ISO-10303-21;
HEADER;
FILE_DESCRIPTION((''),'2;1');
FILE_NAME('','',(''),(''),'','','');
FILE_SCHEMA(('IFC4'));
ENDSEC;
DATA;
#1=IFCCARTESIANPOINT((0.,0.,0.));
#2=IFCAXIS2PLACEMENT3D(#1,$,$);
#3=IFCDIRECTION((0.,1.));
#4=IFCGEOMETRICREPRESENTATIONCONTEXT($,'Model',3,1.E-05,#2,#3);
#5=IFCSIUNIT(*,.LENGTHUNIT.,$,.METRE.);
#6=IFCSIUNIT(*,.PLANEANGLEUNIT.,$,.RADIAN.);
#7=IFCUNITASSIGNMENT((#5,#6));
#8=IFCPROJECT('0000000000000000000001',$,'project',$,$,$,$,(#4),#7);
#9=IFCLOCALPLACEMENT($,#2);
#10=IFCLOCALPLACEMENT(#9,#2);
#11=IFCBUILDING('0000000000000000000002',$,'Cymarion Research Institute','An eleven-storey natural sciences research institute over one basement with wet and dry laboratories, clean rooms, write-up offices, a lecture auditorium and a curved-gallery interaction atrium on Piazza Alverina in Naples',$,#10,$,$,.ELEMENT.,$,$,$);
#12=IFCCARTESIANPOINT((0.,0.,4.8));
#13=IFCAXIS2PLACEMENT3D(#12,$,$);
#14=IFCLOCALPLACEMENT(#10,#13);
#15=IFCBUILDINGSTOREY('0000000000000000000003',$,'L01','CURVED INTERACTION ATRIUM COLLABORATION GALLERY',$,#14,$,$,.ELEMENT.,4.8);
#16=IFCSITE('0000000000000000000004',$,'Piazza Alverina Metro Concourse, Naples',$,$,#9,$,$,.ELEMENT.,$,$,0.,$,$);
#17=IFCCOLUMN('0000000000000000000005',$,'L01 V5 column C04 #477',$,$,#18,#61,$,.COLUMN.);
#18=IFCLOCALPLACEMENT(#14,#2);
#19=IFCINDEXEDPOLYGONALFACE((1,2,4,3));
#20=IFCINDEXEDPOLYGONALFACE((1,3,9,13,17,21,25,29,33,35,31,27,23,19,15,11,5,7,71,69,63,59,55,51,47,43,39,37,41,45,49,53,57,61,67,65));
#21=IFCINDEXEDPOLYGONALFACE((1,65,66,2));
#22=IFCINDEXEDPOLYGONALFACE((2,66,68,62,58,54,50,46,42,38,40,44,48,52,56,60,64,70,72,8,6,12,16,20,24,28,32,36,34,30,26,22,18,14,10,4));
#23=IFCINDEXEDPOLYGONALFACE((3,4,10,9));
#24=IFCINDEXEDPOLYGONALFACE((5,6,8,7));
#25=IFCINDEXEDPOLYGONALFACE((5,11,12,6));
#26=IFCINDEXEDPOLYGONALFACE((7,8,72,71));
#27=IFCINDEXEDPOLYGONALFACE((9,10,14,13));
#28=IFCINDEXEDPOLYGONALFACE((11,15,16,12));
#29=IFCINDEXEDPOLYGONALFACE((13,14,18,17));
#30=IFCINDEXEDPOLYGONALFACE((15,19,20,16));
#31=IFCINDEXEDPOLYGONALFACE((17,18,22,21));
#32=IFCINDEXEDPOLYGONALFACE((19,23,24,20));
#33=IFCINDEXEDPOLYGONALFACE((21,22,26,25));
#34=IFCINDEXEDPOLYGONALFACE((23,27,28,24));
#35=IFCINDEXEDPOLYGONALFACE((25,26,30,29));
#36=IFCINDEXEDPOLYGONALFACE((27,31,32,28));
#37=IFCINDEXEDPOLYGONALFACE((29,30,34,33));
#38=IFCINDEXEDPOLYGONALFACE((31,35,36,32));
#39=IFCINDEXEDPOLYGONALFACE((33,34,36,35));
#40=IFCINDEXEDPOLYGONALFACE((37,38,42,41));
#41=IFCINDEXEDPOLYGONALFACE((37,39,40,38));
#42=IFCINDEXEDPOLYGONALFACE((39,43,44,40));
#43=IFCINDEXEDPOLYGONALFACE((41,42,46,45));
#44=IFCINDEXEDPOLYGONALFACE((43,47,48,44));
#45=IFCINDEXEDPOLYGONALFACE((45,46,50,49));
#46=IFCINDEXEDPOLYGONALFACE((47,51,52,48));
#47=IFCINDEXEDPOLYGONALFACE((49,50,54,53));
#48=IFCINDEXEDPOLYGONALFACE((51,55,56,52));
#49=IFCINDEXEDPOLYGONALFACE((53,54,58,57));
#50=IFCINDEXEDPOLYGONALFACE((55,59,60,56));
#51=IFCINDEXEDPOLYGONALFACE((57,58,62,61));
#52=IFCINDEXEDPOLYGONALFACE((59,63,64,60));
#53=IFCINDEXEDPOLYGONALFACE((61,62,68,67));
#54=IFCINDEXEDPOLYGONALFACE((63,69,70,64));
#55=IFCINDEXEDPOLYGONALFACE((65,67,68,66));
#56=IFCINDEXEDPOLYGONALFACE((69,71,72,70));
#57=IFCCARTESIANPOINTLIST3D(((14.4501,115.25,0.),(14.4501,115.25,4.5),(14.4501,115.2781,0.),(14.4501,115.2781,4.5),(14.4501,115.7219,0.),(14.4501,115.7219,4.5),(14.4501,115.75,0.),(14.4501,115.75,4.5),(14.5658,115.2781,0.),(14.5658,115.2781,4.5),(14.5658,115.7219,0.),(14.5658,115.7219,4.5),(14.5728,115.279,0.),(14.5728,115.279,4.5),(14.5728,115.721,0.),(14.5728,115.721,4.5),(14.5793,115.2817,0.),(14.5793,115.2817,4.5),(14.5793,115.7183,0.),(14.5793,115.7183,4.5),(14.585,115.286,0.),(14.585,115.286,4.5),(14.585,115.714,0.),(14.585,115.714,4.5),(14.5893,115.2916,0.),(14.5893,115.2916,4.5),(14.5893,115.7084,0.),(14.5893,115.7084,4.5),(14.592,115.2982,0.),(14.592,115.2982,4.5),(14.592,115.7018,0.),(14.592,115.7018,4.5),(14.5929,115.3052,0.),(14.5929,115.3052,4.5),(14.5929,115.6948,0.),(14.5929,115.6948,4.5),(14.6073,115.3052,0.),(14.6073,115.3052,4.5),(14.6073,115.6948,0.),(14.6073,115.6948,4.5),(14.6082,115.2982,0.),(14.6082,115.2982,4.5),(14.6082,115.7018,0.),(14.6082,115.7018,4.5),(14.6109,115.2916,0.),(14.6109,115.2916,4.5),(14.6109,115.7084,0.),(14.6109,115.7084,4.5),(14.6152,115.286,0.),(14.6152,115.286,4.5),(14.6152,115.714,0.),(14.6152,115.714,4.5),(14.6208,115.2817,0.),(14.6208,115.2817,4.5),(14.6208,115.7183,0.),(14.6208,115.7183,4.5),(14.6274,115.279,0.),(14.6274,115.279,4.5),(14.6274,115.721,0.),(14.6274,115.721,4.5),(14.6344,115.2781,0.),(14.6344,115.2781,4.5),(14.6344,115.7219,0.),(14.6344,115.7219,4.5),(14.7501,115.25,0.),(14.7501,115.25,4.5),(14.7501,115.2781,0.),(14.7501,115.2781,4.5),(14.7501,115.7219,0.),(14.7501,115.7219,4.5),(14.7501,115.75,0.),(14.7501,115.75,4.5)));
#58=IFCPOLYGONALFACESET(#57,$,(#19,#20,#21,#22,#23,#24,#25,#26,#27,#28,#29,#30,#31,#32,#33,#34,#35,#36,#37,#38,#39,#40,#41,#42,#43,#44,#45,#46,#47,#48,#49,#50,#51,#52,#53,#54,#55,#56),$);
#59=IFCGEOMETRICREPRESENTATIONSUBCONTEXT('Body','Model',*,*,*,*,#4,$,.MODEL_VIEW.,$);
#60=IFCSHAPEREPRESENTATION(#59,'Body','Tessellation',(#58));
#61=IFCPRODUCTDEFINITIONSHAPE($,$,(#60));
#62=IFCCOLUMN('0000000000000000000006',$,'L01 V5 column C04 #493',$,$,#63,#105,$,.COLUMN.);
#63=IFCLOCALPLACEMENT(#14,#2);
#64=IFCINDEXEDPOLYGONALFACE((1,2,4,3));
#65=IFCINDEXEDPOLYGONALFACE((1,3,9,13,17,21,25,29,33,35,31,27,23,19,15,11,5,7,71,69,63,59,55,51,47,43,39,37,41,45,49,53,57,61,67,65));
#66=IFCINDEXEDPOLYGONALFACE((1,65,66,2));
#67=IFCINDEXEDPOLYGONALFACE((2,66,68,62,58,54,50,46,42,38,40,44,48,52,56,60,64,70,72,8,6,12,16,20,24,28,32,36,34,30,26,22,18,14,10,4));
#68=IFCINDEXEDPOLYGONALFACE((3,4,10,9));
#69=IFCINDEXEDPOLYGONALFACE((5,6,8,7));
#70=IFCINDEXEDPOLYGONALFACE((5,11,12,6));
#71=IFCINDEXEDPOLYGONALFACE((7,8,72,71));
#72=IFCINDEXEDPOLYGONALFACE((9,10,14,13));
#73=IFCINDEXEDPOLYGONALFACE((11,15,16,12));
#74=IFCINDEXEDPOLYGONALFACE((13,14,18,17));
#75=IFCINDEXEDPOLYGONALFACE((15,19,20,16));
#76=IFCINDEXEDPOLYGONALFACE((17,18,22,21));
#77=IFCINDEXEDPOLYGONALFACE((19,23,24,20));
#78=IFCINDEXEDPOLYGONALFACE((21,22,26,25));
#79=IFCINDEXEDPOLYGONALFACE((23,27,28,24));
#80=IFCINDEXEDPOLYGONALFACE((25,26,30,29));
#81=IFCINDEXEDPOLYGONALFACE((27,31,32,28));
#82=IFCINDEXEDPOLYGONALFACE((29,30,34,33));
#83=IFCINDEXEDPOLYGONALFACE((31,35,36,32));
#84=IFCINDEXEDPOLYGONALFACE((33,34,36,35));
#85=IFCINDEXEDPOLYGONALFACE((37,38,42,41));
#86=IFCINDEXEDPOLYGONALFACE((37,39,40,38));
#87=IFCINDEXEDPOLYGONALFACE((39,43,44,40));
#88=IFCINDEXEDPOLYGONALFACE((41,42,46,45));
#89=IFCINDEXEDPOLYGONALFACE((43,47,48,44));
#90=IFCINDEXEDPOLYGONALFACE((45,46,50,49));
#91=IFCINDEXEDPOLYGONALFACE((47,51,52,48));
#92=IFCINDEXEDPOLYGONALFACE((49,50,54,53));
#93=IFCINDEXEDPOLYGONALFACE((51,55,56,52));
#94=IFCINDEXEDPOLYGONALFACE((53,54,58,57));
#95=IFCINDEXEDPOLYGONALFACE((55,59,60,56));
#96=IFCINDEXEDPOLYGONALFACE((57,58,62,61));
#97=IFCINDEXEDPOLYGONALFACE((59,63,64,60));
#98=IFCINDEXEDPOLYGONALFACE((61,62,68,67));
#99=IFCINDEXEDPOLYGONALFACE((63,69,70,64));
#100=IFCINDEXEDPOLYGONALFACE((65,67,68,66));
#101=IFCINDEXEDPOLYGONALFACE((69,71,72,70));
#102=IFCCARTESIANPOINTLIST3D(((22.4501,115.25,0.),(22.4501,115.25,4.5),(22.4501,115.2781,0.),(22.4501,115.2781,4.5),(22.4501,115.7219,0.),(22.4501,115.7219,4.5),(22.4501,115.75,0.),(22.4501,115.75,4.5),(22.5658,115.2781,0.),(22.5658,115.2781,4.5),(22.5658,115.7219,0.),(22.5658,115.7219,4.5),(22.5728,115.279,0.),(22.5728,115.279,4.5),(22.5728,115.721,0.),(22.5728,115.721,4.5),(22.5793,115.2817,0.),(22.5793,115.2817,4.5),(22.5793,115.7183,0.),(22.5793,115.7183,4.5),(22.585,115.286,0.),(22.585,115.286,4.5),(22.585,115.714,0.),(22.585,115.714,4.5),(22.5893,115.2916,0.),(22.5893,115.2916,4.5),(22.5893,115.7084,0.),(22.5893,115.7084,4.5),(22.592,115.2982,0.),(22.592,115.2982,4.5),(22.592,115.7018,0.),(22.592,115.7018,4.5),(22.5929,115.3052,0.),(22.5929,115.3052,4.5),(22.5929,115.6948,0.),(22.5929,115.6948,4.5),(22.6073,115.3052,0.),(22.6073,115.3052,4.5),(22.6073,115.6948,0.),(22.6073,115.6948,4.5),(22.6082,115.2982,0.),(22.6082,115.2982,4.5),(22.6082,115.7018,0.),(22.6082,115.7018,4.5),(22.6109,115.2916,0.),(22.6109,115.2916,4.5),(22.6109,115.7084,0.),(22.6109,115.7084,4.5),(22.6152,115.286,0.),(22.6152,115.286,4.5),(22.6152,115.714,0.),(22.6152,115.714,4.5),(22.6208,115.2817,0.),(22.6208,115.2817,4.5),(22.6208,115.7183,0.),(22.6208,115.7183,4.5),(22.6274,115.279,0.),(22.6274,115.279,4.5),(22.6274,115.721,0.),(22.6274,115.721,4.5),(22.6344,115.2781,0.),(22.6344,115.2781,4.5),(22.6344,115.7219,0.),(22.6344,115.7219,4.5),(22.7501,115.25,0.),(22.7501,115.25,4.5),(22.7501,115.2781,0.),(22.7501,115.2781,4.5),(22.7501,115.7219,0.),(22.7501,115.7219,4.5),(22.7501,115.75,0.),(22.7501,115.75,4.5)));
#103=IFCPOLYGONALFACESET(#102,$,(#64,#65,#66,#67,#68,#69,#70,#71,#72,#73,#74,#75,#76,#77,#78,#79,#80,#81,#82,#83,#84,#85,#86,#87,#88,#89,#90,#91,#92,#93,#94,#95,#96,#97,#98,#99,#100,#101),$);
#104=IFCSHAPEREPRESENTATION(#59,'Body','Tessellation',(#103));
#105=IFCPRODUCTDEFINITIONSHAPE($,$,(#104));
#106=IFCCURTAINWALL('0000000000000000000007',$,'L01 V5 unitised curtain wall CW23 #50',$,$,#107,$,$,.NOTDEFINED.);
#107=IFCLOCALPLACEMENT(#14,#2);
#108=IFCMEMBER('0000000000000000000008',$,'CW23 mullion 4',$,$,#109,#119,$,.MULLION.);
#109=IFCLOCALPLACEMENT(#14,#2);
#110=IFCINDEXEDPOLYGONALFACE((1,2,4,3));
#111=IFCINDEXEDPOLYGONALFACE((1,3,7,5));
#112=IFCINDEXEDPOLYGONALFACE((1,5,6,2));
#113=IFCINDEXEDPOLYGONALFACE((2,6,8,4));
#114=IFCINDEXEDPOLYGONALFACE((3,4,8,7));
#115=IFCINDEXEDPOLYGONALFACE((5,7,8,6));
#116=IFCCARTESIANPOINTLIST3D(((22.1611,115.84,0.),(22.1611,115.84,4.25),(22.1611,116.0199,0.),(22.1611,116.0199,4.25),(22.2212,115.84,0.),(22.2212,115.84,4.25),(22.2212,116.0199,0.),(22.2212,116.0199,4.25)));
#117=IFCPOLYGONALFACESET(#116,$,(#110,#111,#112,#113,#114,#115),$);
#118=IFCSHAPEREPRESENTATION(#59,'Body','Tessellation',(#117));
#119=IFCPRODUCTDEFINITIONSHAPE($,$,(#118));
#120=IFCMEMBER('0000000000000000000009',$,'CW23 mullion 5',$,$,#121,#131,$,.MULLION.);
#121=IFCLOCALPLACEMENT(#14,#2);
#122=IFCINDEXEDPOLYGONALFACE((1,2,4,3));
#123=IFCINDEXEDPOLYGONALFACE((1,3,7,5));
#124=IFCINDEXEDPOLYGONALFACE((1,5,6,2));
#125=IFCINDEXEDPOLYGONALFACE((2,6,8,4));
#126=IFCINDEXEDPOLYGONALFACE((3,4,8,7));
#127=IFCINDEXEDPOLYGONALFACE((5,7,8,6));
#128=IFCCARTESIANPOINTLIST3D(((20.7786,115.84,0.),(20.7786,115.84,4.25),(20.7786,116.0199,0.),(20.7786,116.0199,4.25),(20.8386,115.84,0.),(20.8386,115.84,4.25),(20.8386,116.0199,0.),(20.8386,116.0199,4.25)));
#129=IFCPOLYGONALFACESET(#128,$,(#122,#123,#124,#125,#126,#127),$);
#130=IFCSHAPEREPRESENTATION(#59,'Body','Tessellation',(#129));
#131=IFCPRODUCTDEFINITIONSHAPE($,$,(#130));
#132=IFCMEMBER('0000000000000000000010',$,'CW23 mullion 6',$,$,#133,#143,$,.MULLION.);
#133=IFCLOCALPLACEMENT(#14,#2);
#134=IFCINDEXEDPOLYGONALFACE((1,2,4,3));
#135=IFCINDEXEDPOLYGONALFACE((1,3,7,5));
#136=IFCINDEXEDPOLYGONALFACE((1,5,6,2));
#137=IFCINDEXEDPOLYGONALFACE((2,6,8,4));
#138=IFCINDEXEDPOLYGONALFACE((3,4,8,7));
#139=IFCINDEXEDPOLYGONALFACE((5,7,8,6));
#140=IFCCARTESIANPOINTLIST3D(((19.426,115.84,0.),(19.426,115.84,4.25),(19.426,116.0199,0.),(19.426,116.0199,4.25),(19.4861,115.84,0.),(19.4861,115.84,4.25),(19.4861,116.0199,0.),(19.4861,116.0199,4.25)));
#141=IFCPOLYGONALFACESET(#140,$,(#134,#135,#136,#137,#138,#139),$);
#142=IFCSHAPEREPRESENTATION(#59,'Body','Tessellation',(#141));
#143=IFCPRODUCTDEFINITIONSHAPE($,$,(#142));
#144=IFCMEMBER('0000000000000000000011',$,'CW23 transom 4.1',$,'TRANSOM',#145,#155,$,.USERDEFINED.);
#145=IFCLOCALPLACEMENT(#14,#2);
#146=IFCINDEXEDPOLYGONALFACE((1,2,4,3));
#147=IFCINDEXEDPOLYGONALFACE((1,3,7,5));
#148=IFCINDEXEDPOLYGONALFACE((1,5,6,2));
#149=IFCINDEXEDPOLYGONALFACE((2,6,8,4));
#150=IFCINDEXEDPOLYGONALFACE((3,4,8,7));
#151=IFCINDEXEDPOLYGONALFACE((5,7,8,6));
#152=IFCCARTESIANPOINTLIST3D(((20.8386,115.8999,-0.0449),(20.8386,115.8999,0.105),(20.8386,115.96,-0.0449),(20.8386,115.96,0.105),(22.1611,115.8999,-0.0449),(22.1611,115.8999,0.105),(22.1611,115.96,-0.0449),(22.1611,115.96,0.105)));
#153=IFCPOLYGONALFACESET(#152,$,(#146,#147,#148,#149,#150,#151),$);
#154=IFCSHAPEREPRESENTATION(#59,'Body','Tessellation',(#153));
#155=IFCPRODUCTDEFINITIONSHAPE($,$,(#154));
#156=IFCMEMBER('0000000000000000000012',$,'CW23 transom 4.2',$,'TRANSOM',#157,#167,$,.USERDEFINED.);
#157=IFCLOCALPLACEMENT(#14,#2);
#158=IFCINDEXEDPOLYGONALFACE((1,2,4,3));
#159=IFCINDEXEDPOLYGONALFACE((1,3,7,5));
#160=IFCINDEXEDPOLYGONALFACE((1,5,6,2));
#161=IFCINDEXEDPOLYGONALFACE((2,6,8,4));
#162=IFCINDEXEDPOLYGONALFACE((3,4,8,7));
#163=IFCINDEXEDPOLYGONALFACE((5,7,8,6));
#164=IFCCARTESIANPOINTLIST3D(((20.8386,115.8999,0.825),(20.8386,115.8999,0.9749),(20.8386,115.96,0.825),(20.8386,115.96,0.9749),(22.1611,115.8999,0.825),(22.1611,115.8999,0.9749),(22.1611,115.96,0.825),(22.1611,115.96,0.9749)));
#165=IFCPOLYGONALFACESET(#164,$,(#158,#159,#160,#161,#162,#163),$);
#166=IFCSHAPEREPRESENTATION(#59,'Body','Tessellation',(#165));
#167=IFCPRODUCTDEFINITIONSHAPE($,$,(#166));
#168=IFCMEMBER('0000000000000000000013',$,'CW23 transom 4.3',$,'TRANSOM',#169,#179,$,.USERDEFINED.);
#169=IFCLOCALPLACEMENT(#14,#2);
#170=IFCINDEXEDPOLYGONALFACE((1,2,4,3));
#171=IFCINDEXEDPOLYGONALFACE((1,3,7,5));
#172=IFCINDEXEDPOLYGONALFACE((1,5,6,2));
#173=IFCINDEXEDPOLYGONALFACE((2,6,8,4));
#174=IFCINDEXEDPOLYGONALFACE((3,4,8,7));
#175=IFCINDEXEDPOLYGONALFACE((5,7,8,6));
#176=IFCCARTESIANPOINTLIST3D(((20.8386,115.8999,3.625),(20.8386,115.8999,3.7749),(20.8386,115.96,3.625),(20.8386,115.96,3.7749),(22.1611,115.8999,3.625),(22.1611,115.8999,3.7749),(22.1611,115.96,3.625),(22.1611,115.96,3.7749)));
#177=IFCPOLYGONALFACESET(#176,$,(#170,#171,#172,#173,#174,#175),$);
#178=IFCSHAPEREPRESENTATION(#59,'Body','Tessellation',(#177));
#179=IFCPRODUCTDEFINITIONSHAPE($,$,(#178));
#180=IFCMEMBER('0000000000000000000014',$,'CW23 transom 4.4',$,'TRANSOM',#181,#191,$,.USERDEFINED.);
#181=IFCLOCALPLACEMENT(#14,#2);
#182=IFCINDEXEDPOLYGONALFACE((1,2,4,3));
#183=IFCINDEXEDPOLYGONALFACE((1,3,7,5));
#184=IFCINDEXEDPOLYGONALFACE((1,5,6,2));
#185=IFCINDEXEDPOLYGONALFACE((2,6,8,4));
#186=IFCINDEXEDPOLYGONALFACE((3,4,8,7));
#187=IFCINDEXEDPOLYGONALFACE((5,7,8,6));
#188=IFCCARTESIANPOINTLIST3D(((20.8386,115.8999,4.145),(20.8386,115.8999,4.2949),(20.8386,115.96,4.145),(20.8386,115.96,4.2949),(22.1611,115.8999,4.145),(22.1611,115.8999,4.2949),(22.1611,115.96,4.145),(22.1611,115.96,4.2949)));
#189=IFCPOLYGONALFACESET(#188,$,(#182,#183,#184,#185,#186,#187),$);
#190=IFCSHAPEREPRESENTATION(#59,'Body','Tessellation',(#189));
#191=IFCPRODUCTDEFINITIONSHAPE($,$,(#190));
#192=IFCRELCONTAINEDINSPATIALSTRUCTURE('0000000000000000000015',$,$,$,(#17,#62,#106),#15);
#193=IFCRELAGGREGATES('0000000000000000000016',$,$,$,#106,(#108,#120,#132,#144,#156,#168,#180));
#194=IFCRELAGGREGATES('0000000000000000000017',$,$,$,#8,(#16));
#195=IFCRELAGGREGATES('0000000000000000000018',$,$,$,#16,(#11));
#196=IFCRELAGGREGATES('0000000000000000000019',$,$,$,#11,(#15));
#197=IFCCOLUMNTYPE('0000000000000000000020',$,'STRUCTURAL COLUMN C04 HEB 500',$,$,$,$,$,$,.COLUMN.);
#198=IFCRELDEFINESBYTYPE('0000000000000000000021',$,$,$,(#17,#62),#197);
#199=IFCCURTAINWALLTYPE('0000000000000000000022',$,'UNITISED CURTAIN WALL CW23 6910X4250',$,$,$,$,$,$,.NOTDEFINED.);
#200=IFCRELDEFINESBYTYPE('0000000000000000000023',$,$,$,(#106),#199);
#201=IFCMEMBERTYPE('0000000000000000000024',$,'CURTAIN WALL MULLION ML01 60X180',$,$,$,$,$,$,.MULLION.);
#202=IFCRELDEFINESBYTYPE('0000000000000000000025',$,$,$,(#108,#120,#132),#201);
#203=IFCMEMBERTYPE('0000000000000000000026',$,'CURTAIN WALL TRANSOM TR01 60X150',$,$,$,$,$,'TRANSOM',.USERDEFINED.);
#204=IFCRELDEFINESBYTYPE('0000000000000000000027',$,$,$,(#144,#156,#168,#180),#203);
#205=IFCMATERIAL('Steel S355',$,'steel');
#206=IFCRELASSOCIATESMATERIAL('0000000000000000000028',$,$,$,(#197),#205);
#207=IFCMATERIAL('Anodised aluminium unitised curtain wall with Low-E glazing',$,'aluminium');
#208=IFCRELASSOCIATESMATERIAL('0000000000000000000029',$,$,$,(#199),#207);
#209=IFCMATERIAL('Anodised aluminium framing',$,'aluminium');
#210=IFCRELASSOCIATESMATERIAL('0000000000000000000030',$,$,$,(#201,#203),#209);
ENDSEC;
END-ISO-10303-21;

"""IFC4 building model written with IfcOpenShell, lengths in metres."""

from ifc_helpers import new_model, si_unit, direction, frame, origin, origin_2d, place, context, subcontext, project, spatial, rectangle, i_section, extrude, material, material_profile, profile_set, type_object, element, aggregate, save


model = new_model("IFC4")

# Units and contexts
model_context = context("Model", 3, precision=1e-05, world=origin(), true_north=direction((0.0, 1.0)))
body_context = subcontext(model_context, "Body", "Model", "MODEL_VIEW")
ifc_project = project(units=[si_unit("LENGTHUNIT", "METRE"), si_unit("PLANEANGLEUNIT", "RADIAN")], contexts=[model_context])

# Site, building, storey
site_placement = place(None, origin())
site = spatial("IfcSite", under=ifc_project, at=site_placement, Name="Piazza Alverina Metro Concourse, Naples", CompositionType="ELEMENT", RefElevation=0.0)
building_placement = place(site_placement, origin())
building = spatial("IfcBuilding", under=site, at=building_placement, Name="Cymarion Research Institute", Description="An eleven-storey natural sciences research institute over one basement with wet and dry laboratories, clean rooms, write-up offices, a lecture auditorium and a curved-gallery interaction atrium on Piazza Alverina in Naples", CompositionType="ELEMENT")
storey_placement = place(building_placement, frame((0.0, 0.0, 4.8)))
storey = spatial("IfcBuildingStorey", under=building, at=storey_placement, Name="L01", Description="CURVED INTERACTION ATRIUM COLLABORATION GALLERY", CompositionType="ELEMENT", Elevation=4.8)

# Columns
ifc_material_1 = material(Name="Steel S355", Category="steel")
ifc_material_profile_1 = material_profile(ifc_material_1, i_section(OverallWidth=0.3, OverallDepth=0.5, WebThickness=0.0144, FlangeThickness=0.0281, FilletRadius=0.0271, at=origin_2d()), Name="HEB 500")
ifc_profile_set_1 = profile_set([ifc_material_profile_1], Name="Steel S355")
column_type = type_object("IfcColumnType", Name="STRUCTURAL COLUMN C04 HEB 500", PredefinedType="COLUMN", material=ifc_profile_set_1)
for number, where, z_axis, x_axis, name in (
    (1, (14.6001, 115.5, 0.0), (0.0, 0.0, 1.0), (1.0, 0.0, 0.0), "L01 V5 column C04 #477"),
    (2, (22.6001, 115.5, 0.0), (0.0, 0.0, 1.0), (1.0, 0.0, 0.0), "L01 V5 column C04 #493"),
):
    element("IfcColumn", number, at=place(storey_placement, frame(where, z_axis=z_axis, x_axis=x_axis)), inside=storey, type_object=column_type, Name=name, PredefinedType="COLUMN", context=body_context, shape_type="SweptSolid", body=[
        extrude(i_section(OverallWidth=0.3, OverallDepth=0.5, WebThickness=0.0144, FlangeThickness=0.0281, FilletRadius=0.0271, at=origin_2d()), origin(), (0.0, 0.0, 1.0), 4.5),
    ])

# Curtain wall, members
ifc_material_2 = material(Name="Anodised aluminium unitised curtain wall with Low-E glazing", Category="aluminium")
curtain_wall_type = type_object("IfcCurtainWallType", Name="UNITISED CURTAIN WALL CW23 6910X4250", PredefinedType="NOTDEFINED", material=ifc_material_2)
curtain_wall_placement = place(storey_placement, origin())
curtain_wall = element("IfcCurtainWall", 3, at=curtain_wall_placement, inside=storey, type_object=curtain_wall_type, Name="L01 V5 unitised curtain wall CW23 #50", PredefinedType="NOTDEFINED")
ifc_material_3 = material(Name="Anodised aluminium framing", Category="aluminium")
ifc_material_profile_2 = material_profile(ifc_material_3, rectangle(XDim=0.0601, YDim=0.1799, at=origin_2d()), Name="ALU MULLION 60x180")
ifc_profile_set_2 = profile_set([ifc_material_profile_2], Name="Anodised aluminium framing")
member_type_1 = type_object("IfcMemberType", Name="CURTAIN WALL MULLION ML01 60X180", PredefinedType="MULLION", material=ifc_profile_set_2)
member_1_placement = place(storey_placement, frame((22.1912, 115.9299, 0.0), z_axis=(0.0, 0.0, 1.0), x_axis=(-1.0, 0.0, 0.0)))
member_1 = element("IfcMember", 4, at=member_1_placement, type_object=member_type_1, Name="CW23 mullion 4", PredefinedType="MULLION", context=body_context, shape_type="SweptSolid", body=[
    extrude(rectangle(XDim=0.0601, YDim=0.1799, at=origin_2d()), origin(), (0.0, 0.0, 1.0), 4.25),
])
member_2_placement = place(storey_placement, frame((20.8086, 115.9299, 0.0), z_axis=(0.0, 0.0, 1.0), x_axis=(-1.0, 0.0, 0.0)))
member_2 = element("IfcMember", 5, at=member_2_placement, type_object=member_type_1, Name="CW23 mullion 5", PredefinedType="MULLION", context=body_context, shape_type="SweptSolid", body=[
    extrude(rectangle(XDim=0.0601, YDim=0.1799, at=origin_2d()), origin(), (0.0, 0.0, 1.0), 4.25),
])
member_3_placement = place(storey_placement, frame((19.4561, 115.9299, 0.0), z_axis=(0.0, 0.0, 1.0), x_axis=(-1.0, 0.0, 0.0)))
member_3 = element("IfcMember", 6, at=member_3_placement, type_object=member_type_1, Name="CW23 mullion 6", PredefinedType="MULLION", context=body_context, shape_type="SweptSolid", body=[
    extrude(rectangle(XDim=0.0601, YDim=0.1799, at=origin_2d()), origin(), (0.0, 0.0, 1.0), 4.25),
])
ifc_material_profile_3 = material_profile(ifc_material_3, rectangle(XDim=0.0601, YDim=0.1499, at=origin_2d()), Name="ALU TRANSOM 60x150")
ifc_profile_set_3 = profile_set([ifc_material_profile_3], Name="Anodised aluminium framing")
member_type_2 = type_object("IfcMemberType", Name="CURTAIN WALL TRANSOM TR01 60X150", ElementType="TRANSOM", PredefinedType="USERDEFINED", material=ifc_profile_set_3)
member_4_placement = place(storey_placement, frame((22.1611, 115.9299, 0.03), z_axis=(-1.0, 0.0, 0.0), x_axis=(0.0, -1.0, 0.0)))
member_4 = element("IfcMember", 7, at=member_4_placement, type_object=member_type_2, Name="CW23 transom 4.1", ObjectType="TRANSOM", PredefinedType="USERDEFINED", context=body_context, shape_type="SweptSolid", body=[
    extrude(rectangle(XDim=0.0601, YDim=0.1499, at=origin_2d()), origin(), (0.0, 0.0, 1.0), 1.3225),
])
member_5_placement = place(storey_placement, frame((22.1611, 115.9299, 0.8999), z_axis=(-1.0, 0.0, 0.0), x_axis=(0.0, -1.0, 0.0)))
member_5 = element("IfcMember", 8, at=member_5_placement, type_object=member_type_2, Name="CW23 transom 4.2", ObjectType="TRANSOM", PredefinedType="USERDEFINED", context=body_context, shape_type="SweptSolid", body=[
    extrude(rectangle(XDim=0.0601, YDim=0.1499, at=origin_2d()), origin(), (0.0, 0.0, 1.0), 1.3225),
])
member_6_placement = place(storey_placement, frame((22.1611, 115.9299, 3.7), z_axis=(-1.0, 0.0, 0.0), x_axis=(0.0, -1.0, 0.0)))
member_6 = element("IfcMember", 9, at=member_6_placement, type_object=member_type_2, Name="CW23 transom 4.3", ObjectType="TRANSOM", PredefinedType="USERDEFINED", context=body_context, shape_type="SweptSolid", body=[
    extrude(rectangle(XDim=0.0601, YDim=0.1499, at=origin_2d()), origin(), (0.0, 0.0, 1.0), 1.3225),
])
member_7_placement = place(storey_placement, frame((22.1611, 115.9299, 4.22), z_axis=(-1.0, 0.0, 0.0), x_axis=(0.0, -1.0, 0.0)))
member_7 = element("IfcMember", 10, at=member_7_placement, type_object=member_type_2, Name="CW23 transom 4.4", ObjectType="TRANSOM", PredefinedType="USERDEFINED", context=body_context, shape_type="SweptSolid", body=[
    extrude(rectangle(XDim=0.0601, YDim=0.1499, at=origin_2d()), origin(), (0.0, 0.0, 1.0), 1.3225),
])

aggregate(curtain_wall, [member_1, member_2, member_3, member_4, member_5, member_6, member_7])

save(model, "model.ifc")
